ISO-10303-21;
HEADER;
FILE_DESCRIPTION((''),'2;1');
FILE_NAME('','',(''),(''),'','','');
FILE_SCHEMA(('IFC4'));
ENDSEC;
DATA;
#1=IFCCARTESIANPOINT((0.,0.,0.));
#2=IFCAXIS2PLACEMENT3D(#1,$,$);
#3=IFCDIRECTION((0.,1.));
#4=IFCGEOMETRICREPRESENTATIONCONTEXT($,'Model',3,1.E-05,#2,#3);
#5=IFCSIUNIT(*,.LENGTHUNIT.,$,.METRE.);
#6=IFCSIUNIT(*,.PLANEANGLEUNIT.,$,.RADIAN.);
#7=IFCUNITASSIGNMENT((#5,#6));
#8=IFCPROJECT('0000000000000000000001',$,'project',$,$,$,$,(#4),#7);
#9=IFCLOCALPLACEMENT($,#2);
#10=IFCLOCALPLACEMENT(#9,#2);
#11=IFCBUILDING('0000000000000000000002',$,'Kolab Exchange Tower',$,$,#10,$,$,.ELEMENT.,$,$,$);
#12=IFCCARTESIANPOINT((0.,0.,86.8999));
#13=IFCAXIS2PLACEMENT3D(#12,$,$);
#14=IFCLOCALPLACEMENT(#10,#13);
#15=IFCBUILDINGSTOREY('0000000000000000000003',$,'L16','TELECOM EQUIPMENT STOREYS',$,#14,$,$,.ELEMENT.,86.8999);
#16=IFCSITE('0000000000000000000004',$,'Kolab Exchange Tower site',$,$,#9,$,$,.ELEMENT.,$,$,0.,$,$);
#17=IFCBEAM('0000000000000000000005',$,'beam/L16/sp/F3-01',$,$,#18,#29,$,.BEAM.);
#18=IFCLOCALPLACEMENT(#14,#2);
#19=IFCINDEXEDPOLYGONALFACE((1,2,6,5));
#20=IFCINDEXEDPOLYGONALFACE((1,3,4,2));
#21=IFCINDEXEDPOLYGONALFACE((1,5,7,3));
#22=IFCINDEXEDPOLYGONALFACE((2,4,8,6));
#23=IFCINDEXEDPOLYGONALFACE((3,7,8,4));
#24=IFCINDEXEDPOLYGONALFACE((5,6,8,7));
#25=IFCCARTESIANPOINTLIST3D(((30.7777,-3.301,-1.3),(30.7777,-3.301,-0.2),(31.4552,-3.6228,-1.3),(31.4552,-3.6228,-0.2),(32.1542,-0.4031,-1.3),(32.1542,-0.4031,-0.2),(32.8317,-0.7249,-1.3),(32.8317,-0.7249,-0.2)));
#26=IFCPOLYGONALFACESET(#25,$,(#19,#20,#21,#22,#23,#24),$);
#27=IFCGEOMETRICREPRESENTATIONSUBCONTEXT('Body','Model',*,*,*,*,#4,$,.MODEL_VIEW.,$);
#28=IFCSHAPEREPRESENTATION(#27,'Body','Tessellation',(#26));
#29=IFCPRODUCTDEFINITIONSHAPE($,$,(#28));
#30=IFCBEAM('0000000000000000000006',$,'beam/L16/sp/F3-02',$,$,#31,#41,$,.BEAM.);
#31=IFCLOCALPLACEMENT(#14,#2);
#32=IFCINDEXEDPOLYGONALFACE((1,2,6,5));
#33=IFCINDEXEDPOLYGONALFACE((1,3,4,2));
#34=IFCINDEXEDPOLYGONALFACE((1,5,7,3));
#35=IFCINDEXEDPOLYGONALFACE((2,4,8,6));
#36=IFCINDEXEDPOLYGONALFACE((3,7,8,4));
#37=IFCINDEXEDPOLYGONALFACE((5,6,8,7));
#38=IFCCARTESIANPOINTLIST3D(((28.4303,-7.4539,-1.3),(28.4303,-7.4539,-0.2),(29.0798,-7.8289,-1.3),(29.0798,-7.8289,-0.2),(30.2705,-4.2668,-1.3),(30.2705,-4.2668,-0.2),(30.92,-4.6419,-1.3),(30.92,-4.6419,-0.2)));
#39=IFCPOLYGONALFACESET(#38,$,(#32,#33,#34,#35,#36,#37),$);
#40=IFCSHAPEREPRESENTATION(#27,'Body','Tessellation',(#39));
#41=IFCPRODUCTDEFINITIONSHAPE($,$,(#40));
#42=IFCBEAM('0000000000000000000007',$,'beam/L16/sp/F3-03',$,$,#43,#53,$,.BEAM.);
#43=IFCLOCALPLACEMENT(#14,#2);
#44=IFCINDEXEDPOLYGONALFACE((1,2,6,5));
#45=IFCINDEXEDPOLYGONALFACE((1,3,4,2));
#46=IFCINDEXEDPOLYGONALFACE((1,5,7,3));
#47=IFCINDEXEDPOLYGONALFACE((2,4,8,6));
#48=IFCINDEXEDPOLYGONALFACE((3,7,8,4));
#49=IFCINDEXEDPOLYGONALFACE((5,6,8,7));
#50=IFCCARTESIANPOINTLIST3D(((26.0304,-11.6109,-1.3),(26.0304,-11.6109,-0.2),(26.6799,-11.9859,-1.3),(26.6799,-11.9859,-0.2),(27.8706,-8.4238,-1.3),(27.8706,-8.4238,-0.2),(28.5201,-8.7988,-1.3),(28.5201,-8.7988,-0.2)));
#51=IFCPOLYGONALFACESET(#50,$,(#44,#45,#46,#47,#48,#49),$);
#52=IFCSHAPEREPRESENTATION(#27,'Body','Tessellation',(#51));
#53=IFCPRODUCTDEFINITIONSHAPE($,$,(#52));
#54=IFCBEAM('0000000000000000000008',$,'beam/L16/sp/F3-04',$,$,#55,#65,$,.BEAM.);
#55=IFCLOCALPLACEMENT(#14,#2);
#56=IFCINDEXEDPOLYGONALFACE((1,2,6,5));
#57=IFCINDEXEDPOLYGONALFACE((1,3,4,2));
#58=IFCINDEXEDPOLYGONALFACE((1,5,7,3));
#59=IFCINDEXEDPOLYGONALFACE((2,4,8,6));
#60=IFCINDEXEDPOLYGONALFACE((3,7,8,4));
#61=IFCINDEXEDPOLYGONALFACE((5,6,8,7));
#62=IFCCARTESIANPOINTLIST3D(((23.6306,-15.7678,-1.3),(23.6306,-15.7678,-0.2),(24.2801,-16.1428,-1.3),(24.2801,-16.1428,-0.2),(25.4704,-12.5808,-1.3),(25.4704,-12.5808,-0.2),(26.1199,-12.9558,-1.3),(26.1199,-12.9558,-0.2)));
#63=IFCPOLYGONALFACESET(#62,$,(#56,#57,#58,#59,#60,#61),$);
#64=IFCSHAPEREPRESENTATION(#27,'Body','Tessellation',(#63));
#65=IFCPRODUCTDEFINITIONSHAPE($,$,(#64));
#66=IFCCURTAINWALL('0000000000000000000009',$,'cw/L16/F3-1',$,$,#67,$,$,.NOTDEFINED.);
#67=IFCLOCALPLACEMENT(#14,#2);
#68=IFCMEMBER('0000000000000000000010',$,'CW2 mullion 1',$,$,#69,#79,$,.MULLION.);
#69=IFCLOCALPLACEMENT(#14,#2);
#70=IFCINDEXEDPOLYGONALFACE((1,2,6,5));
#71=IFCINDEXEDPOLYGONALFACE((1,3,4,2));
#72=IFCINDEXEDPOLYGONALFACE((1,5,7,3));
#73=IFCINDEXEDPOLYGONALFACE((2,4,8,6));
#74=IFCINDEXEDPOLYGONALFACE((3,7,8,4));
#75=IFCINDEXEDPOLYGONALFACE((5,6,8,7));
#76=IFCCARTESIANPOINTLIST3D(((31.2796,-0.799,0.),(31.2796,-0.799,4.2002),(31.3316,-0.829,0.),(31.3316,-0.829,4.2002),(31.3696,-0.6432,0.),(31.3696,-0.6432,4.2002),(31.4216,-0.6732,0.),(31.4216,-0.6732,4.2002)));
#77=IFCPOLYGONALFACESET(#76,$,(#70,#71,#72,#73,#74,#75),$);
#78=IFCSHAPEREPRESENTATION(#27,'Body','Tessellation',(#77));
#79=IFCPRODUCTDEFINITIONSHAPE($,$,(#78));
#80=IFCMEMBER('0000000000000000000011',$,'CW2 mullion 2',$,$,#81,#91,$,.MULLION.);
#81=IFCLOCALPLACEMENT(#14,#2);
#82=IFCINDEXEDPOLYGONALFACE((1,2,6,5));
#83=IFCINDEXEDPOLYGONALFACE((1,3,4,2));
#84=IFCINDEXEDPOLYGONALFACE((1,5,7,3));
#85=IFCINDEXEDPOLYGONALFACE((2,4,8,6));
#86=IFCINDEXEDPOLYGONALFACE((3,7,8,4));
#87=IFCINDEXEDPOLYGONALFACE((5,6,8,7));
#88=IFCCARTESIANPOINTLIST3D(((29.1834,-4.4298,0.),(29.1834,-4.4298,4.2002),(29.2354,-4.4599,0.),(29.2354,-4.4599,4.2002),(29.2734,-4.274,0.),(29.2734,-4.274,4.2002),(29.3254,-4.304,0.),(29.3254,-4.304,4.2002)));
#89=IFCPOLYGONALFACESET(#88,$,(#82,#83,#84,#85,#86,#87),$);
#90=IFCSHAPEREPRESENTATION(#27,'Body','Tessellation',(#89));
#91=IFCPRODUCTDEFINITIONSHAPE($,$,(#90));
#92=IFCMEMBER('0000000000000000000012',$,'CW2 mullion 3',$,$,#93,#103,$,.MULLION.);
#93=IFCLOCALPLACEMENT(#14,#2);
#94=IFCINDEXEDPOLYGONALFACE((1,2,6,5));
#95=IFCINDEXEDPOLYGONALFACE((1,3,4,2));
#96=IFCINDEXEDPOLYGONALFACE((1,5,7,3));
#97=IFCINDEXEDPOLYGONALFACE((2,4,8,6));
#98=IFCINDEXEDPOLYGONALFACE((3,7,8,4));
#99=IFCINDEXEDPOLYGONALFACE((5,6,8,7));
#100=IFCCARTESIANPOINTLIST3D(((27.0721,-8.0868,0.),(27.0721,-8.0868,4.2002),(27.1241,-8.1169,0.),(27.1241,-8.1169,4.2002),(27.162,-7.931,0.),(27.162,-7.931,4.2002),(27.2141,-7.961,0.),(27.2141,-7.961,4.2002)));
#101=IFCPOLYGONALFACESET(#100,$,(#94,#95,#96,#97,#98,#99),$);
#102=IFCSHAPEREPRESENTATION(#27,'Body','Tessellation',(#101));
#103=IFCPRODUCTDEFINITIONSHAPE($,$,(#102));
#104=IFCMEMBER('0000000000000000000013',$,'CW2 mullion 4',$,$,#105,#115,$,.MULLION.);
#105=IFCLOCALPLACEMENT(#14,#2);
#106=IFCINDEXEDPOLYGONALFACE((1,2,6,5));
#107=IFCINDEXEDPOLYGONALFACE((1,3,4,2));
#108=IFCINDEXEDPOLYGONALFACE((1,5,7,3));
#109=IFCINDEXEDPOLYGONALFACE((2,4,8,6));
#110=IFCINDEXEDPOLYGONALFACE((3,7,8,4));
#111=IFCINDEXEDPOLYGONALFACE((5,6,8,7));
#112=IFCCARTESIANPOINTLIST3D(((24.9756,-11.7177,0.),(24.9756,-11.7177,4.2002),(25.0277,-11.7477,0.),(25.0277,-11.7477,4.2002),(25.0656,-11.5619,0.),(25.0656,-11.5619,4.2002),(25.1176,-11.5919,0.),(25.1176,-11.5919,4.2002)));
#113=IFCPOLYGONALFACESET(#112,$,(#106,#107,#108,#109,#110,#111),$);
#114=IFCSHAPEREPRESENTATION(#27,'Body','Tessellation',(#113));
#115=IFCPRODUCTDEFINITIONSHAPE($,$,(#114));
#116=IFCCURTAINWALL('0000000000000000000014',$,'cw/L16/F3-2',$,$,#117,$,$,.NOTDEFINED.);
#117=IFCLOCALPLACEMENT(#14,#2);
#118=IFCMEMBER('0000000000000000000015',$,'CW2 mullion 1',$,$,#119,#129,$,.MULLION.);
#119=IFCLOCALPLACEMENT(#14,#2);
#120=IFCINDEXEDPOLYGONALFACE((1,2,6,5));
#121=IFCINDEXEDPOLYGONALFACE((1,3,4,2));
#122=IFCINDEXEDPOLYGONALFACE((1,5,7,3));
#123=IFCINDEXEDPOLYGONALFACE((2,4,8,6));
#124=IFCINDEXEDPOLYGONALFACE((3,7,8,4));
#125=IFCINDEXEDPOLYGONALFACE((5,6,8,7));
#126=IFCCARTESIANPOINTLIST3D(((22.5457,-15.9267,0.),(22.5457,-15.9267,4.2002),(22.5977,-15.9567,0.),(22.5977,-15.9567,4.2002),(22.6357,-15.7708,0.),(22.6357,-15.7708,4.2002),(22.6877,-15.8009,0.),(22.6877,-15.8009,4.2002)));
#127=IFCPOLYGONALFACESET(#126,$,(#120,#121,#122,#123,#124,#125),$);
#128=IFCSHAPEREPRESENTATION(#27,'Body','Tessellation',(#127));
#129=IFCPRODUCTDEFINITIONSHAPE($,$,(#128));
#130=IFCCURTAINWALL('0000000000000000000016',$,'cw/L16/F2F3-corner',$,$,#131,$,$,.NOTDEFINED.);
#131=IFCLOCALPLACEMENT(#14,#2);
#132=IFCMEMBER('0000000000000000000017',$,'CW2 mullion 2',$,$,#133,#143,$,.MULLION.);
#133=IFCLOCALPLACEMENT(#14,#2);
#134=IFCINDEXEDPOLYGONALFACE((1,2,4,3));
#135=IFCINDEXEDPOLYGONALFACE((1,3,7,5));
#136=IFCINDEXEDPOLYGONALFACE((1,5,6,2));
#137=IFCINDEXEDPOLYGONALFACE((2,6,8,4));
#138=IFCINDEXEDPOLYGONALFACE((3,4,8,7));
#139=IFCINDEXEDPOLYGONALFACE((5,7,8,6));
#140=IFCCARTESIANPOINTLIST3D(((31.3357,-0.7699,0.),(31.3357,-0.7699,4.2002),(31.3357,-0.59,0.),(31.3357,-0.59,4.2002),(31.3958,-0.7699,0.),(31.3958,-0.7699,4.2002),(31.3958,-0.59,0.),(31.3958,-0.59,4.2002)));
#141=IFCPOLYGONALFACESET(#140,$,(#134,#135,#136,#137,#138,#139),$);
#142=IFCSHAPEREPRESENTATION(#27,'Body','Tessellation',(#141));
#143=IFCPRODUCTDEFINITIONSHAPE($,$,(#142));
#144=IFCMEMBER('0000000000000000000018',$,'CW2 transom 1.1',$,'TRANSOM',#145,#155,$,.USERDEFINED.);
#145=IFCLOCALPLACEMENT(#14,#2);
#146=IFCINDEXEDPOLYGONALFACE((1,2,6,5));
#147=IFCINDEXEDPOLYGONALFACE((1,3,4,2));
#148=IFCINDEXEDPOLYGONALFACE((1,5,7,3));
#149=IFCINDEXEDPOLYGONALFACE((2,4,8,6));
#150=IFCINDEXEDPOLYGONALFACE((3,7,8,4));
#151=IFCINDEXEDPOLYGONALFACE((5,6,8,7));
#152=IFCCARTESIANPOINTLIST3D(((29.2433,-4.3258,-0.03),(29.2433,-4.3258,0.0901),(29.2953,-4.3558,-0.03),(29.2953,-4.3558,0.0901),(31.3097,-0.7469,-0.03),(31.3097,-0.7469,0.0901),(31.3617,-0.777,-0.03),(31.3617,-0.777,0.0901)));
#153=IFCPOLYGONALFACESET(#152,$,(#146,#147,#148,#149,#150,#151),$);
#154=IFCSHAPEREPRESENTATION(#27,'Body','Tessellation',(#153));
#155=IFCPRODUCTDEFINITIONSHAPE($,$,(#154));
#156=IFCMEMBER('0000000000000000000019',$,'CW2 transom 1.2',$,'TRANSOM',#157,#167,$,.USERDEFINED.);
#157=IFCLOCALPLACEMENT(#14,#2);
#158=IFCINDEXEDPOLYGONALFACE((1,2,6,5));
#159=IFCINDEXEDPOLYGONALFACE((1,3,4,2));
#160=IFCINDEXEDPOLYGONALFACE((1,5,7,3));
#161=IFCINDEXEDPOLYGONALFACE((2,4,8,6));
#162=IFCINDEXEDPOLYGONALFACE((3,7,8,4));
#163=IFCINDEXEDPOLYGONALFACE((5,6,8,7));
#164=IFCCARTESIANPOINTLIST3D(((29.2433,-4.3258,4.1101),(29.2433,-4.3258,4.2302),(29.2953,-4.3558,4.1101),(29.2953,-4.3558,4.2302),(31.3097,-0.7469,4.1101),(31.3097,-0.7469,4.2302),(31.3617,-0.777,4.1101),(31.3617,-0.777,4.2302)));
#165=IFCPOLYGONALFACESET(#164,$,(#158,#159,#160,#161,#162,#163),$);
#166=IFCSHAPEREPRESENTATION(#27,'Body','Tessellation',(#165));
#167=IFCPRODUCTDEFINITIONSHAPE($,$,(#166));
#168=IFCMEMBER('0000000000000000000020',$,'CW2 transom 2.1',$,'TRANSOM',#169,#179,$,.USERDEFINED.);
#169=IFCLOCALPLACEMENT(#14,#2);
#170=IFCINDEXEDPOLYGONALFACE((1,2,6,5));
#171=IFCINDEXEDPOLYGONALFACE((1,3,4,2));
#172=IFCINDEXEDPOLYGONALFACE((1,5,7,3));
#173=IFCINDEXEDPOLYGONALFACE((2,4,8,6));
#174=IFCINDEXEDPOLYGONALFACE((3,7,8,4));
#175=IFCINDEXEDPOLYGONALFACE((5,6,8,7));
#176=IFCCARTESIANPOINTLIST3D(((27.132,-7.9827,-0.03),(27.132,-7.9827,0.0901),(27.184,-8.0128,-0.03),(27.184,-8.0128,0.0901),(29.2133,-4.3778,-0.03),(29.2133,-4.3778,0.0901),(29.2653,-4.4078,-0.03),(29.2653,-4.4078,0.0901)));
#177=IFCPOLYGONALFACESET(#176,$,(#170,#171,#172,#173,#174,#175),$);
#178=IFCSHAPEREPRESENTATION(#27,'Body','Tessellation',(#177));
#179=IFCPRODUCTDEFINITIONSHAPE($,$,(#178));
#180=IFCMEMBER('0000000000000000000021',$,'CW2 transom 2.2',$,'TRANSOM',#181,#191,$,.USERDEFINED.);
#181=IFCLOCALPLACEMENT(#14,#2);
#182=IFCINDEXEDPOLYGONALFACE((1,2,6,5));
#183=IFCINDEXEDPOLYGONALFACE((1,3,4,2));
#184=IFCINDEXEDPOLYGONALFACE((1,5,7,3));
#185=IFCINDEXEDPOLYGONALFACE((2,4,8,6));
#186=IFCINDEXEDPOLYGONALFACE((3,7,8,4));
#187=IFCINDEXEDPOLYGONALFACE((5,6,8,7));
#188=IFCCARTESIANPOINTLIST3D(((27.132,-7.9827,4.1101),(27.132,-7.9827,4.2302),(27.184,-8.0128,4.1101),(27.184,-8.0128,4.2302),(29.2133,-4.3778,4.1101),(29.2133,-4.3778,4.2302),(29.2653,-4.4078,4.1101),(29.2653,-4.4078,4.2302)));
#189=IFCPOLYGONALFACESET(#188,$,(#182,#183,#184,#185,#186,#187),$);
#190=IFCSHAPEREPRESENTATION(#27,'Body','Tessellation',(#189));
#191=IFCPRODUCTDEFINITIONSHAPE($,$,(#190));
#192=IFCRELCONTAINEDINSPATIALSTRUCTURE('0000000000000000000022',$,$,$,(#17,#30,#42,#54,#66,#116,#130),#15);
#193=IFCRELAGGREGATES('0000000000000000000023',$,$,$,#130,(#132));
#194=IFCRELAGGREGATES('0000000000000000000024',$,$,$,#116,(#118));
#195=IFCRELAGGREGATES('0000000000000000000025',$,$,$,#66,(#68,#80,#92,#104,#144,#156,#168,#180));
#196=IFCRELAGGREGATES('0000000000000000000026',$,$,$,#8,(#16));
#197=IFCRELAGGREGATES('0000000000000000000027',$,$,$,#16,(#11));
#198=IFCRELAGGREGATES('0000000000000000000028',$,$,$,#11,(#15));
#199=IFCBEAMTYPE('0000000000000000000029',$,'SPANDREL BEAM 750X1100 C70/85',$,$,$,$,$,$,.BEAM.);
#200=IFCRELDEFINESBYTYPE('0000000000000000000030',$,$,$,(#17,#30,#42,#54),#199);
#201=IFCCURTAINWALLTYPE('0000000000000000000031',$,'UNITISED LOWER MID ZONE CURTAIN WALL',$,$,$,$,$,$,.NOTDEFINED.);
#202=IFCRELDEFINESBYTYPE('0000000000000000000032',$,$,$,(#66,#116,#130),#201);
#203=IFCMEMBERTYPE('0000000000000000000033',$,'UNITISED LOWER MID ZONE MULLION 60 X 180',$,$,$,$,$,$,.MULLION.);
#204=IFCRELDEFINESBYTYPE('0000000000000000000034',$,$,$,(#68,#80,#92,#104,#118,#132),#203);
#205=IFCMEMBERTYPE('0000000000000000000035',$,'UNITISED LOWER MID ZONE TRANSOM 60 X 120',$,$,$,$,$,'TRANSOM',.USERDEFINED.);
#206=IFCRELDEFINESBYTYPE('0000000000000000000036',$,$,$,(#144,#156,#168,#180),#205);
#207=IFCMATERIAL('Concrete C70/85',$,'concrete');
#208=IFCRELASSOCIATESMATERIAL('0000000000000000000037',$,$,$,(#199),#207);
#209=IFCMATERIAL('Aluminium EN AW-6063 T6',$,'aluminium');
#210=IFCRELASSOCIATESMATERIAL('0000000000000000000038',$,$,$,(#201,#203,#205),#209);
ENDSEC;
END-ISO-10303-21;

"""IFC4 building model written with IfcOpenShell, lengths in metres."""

from ifc_helpers import new_model, si_unit, direction, frame, origin, origin_2d, place, context, subcontext, project, spatial, rectangle, extrude, material, material_profile, profile_set, type_object, element, aggregate, save


model = new_model("IFC4")

# Units and contexts
model_context = context("Model", 3, precision=1e-05, world=origin(), true_north=direction((0.0, 1.0)))
body_context = subcontext(model_context, "Body", "Model", "MODEL_VIEW")
ifc_project = project(units=[si_unit("LENGTHUNIT", "METRE"), si_unit("PLANEANGLEUNIT", "RADIAN")], contexts=[model_context])

# Site, building, storey
site_placement = place(None, origin())
site = spatial("IfcSite", under=ifc_project, at=site_placement, Name="Kolab Exchange Tower site", CompositionType="ELEMENT", RefElevation=0.0)
building_placement = place(site_placement, origin())
building = spatial("IfcBuilding", under=site, at=building_placement, Name="Kolab Exchange Tower", CompositionType="ELEMENT")
storey_placement = place(building_placement, frame((0.0, 0.0, 86.8999)))
storey = spatial("IfcBuildingStorey", under=building, at=storey_placement, Name="L16", Description="TELECOM EQUIPMENT STOREYS", CompositionType="ELEMENT", Elevation=86.8999)

# Shared definitions
ifc_material_1 = material(Name="Concrete C70/85", Category="concrete")

# Beams
ifc_material_profile_1 = material_profile(ifc_material_1, rectangle(XDim=0.75, YDim=1.1001, at=origin_2d()), Name="RC750X1100")
ifc_profile_set_1 = profile_set([ifc_material_profile_1], Name="Concrete C70/85")
beam_type_1 = type_object("IfcBeamType", Name="SPANDREL BEAM 750X1100 C70/85", PredefinedType="BEAM", material=ifc_profile_set_1)
beam_1_placement = place(storey_placement, frame((32.4929, -0.564, -0.75), z_axis=(-0.429041, -0.903285, 0.0), x_axis=(0.903285, -0.429041, 0.0)))
element("IfcBeam", 1, at=beam_1_placement, inside=storey, type_object=beam_type_1, Name="beam/L16/sp/F3-01", PredefinedType="BEAM", context=body_context, shape_type="SweptSolid", body=[
    extrude(rectangle(XDim=0.75, YDim=1.1001, at=origin_2d()), origin(), (0.0, 0.0, 1.0), 3.2083),
])
for number, where, z_axis, x_axis, name in (
    (2, (30.5952, -4.4543, -0.75), (-0.500013, -0.866018, 0.0), (0.866018, -0.500013, 0.0), "beam/L16/sp/F3-02"),
    (3, (28.1953, -8.6113, -0.75), (-0.500013, -0.866018, 0.0), (0.866018, -0.500013, 0.0), "beam/L16/sp/F3-03"),
):
    element("IfcBeam", number, at=place(storey_placement, frame(where, z_axis=z_axis, x_axis=x_axis)), inside=storey, type_object=beam_type_1, Name=name, PredefinedType="BEAM", context=body_context, shape_type="SweptSolid", body=[
        extrude(rectangle(XDim=0.75, YDim=1.1001, at=origin_2d()), origin(), (0.0, 0.0, 1.0), 3.6802),
    ])
beam_2_placement = place(storey_placement, frame((25.7952, -12.7683, -0.75), z_axis=(-0.499964, -0.866046, 0.0), x_axis=(0.866046, -0.499964, 0.0)))
element("IfcBeam", 4, at=beam_2_placement, inside=storey, type_object=beam_type_1, Name="beam/L16/sp/F3-04", PredefinedType="BEAM", context=body_context, shape_type="SweptSolid", body=[
    extrude(rectangle(XDim=0.75, YDim=1.1001, at=origin_2d()), origin(), (0.0, 0.0, 1.0), 3.6799),
])

# Curtain wall, members
ifc_material_2 = material(Name="Aluminium EN AW-6063 T6", Category="aluminium")
curtain_wall_type = type_object("IfcCurtainWallType", Name="UNITISED LOWER MID ZONE CURTAIN WALL", PredefinedType="NOTDEFINED", material=ifc_material_2)
curtain_wall_1_placement = place(storey_placement, origin())
curtain_wall_1 = element("IfcCurtainWall", 5, at=curtain_wall_1_placement, inside=storey, type_object=curtain_wall_type, Name="cw/L16/F3-1", PredefinedType="NOTDEFINED")
ifc_material_profile_2 = material_profile(ifc_material_2, rectangle(XDim=0.0601, YDim=0.1799, at=origin_2d()), Name="RECT 60X180")
ifc_profile_set_2 = profile_set([ifc_material_profile_2], Name="Aluminium EN AW-6063 T6")
member_type_1 = type_object("IfcMemberType", Name="UNITISED LOWER MID ZONE MULLION 60 X 180", PredefinedType="MULLION", material=ifc_profile_set_2)
member_1_placement = place(storey_placement, frame((31.3506, -0.7361, 0.0), z_axis=(0.0, 0.0, 1.0), x_axis=(0.866025, -0.5, 0.0)))
member_1 = element("IfcMember", 6, at=member_1_placement, type_object=member_type_1, Name="CW2 mullion 1", PredefinedType="MULLION", context=body_context, shape_type="SweptSolid", body=[
    extrude(rectangle(XDim=0.0601, YDim=0.1799, at=origin_2d()), origin(), (0.0, 0.0, 1.0), 4.2002),
])
member_2_placement = place(storey_placement, frame((29.2544, -4.3669, 0.0), z_axis=(0.0, 0.0, 1.0), x_axis=(0.866025, -0.5, 0.0)))
member_2 = element("IfcMember", 7, at=member_2_placement, type_object=member_type_1, Name="CW2 mullion 2", PredefinedType="MULLION", context=body_context, shape_type="SweptSolid", body=[
    extrude(rectangle(XDim=0.0601, YDim=0.1799, at=origin_2d()), origin(), (0.0, 0.0, 1.0), 4.2002),
])
member_3_placement = place(storey_placement, frame((27.1431, -8.0239, 0.0), z_axis=(0.0, 0.0, 1.0), x_axis=(0.866025, -0.5, 0.0)))
member_3 = element("IfcMember", 8, at=member_3_placement, type_object=member_type_1, Name="CW2 mullion 3", PredefinedType="MULLION", context=body_context, shape_type="SweptSolid", body=[
    extrude(rectangle(XDim=0.0601, YDim=0.1799, at=origin_2d()), origin(), (0.0, 0.0, 1.0), 4.2002),
])
member_4_placement = place(storey_placement, frame((25.0466, -11.6548, 0.0), z_axis=(0.0, 0.0, 1.0), x_axis=(0.866025, -0.5, 0.0)))
member_4 = element("IfcMember", 9, at=member_4_placement, type_object=member_type_1, Name="CW2 mullion 4", PredefinedType="MULLION", context=body_context, shape_type="SweptSolid", body=[
    extrude(rectangle(XDim=0.0601, YDim=0.1799, at=origin_2d()), origin(), (0.0, 0.0, 1.0), 4.2002),
])

# Curtain walls, members
curtain_wall_2_placement = place(storey_placement, origin())
curtain_wall_2 = element("IfcCurtainWall", 10, at=curtain_wall_2_placement, inside=storey, type_object=curtain_wall_type, Name="cw/L16/F3-2", PredefinedType="NOTDEFINED")
member_5_placement = place(storey_placement, frame((22.6167, -15.8638, 0.0), z_axis=(0.0, 0.0, 1.0), x_axis=(0.866025, -0.5, 0.0)))
member_5 = element("IfcMember", 11, at=member_5_placement, type_object=member_type_1, Name="CW2 mullion 1", PredefinedType="MULLION", context=body_context, shape_type="SweptSolid", body=[
    extrude(rectangle(XDim=0.0601, YDim=0.1799, at=origin_2d()), origin(), (0.0, 0.0, 1.0), 4.2002),
])
curtain_wall_3_placement = place(storey_placement, origin())
curtain_wall_3 = element("IfcCurtainWall", 12, at=curtain_wall_3_placement, inside=storey, type_object=curtain_wall_type, Name="cw/L16/F2F3-corner", PredefinedType="NOTDEFINED")
member_6_placement = place(storey_placement, frame((31.3657, -0.6799, 0.0), z_axis=(0.0, 0.0, 1.0), x_axis=(1.0, 0.0, 0.0)))
member_6 = element("IfcMember", 13, at=member_6_placement, type_object=member_type_1, Name="CW2 mullion 2", PredefinedType="MULLION", context=body_context, shape_type="SweptSolid", body=[
    extrude(rectangle(XDim=0.0601, YDim=0.1799, at=origin_2d()), origin(), (0.0, 0.0, 1.0), 4.2002),
])
aggregate(curtain_wall_3, [member_6])

# Members
ifc_material_profile_3 = material_profile(ifc_material_2, rectangle(XDim=0.0601, YDim=0.1201, at=origin_2d()), Name="RECT 60X120")
ifc_profile_set_3 = profile_set([ifc_material_profile_3], Name="Aluminium EN AW-6063 T6")
member_type_2 = type_object("IfcMemberType", Name="UNITISED LOWER MID ZONE TRANSOM 60 X 120", ElementType="TRANSOM", PredefinedType="USERDEFINED", material=ifc_profile_set_3)
member_7_placement = place(storey_placement, frame((31.3357, -0.762, 0.03), z_axis=(-0.500028, -0.866009, 0.0), x_axis=(0.866009, -0.500028, 0.0)))
member_7 = element("IfcMember", 14, at=member_7_placement, type_object=member_type_2, Name="CW2 transom 1.1", ObjectType="TRANSOM", PredefinedType="USERDEFINED", context=body_context, shape_type="SweptSolid", body=[
    extrude(rectangle(XDim=0.0601, YDim=0.1201, at=origin_2d()), origin(), (0.0, 0.0, 1.0), 4.1326),
])
member_8_placement = place(storey_placement, frame((31.3357, -0.762, 4.1702), z_axis=(-0.500028, -0.866009, 0.0), x_axis=(0.866009, -0.500028, 0.0)))
member_8 = element("IfcMember", 15, at=member_8_placement, type_object=member_type_2, Name="CW2 transom 1.2", ObjectType="TRANSOM", PredefinedType="USERDEFINED", context=body_context, shape_type="SweptSolid", body=[
    extrude(rectangle(XDim=0.0601, YDim=0.1201, at=origin_2d()), origin(), (0.0, 0.0, 1.0), 4.1326),
])
member_9_placement = place(storey_placement, frame((29.2393, -4.3928, 0.03), z_axis=(-0.499993, -0.866029, 0.0), x_axis=(0.866029, -0.499993, 0.0)))
member_9 = element("IfcMember", 16, at=member_9_placement, type_object=member_type_2, Name="CW2 transom 2.1", ObjectType="TRANSOM", PredefinedType="USERDEFINED", context=body_context, shape_type="SweptSolid", body=[
    extrude(rectangle(XDim=0.0601, YDim=0.1201, at=origin_2d()), origin(), (0.0, 0.0, 1.0), 4.1626),
])
member_10_placement = place(storey_placement, frame((29.2393, -4.3928, 4.1702), z_axis=(-0.499993, -0.866029, 0.0), x_axis=(0.866029, -0.499993, 0.0)))
member_10 = element("IfcMember", 17, at=member_10_placement, type_object=member_type_2, Name="CW2 transom 2.2", ObjectType="TRANSOM", PredefinedType="USERDEFINED", context=body_context, shape_type="SweptSolid", body=[
    extrude(rectangle(XDim=0.0601, YDim=0.1201, at=origin_2d()), origin(), (0.0, 0.0, 1.0), 4.1626),
])
aggregate(curtain_wall_2, [member_5])

aggregate(curtain_wall_1, [member_1, member_2, member_3, member_4, member_7, member_8, member_9, member_10])

save(model, "model.ifc")
